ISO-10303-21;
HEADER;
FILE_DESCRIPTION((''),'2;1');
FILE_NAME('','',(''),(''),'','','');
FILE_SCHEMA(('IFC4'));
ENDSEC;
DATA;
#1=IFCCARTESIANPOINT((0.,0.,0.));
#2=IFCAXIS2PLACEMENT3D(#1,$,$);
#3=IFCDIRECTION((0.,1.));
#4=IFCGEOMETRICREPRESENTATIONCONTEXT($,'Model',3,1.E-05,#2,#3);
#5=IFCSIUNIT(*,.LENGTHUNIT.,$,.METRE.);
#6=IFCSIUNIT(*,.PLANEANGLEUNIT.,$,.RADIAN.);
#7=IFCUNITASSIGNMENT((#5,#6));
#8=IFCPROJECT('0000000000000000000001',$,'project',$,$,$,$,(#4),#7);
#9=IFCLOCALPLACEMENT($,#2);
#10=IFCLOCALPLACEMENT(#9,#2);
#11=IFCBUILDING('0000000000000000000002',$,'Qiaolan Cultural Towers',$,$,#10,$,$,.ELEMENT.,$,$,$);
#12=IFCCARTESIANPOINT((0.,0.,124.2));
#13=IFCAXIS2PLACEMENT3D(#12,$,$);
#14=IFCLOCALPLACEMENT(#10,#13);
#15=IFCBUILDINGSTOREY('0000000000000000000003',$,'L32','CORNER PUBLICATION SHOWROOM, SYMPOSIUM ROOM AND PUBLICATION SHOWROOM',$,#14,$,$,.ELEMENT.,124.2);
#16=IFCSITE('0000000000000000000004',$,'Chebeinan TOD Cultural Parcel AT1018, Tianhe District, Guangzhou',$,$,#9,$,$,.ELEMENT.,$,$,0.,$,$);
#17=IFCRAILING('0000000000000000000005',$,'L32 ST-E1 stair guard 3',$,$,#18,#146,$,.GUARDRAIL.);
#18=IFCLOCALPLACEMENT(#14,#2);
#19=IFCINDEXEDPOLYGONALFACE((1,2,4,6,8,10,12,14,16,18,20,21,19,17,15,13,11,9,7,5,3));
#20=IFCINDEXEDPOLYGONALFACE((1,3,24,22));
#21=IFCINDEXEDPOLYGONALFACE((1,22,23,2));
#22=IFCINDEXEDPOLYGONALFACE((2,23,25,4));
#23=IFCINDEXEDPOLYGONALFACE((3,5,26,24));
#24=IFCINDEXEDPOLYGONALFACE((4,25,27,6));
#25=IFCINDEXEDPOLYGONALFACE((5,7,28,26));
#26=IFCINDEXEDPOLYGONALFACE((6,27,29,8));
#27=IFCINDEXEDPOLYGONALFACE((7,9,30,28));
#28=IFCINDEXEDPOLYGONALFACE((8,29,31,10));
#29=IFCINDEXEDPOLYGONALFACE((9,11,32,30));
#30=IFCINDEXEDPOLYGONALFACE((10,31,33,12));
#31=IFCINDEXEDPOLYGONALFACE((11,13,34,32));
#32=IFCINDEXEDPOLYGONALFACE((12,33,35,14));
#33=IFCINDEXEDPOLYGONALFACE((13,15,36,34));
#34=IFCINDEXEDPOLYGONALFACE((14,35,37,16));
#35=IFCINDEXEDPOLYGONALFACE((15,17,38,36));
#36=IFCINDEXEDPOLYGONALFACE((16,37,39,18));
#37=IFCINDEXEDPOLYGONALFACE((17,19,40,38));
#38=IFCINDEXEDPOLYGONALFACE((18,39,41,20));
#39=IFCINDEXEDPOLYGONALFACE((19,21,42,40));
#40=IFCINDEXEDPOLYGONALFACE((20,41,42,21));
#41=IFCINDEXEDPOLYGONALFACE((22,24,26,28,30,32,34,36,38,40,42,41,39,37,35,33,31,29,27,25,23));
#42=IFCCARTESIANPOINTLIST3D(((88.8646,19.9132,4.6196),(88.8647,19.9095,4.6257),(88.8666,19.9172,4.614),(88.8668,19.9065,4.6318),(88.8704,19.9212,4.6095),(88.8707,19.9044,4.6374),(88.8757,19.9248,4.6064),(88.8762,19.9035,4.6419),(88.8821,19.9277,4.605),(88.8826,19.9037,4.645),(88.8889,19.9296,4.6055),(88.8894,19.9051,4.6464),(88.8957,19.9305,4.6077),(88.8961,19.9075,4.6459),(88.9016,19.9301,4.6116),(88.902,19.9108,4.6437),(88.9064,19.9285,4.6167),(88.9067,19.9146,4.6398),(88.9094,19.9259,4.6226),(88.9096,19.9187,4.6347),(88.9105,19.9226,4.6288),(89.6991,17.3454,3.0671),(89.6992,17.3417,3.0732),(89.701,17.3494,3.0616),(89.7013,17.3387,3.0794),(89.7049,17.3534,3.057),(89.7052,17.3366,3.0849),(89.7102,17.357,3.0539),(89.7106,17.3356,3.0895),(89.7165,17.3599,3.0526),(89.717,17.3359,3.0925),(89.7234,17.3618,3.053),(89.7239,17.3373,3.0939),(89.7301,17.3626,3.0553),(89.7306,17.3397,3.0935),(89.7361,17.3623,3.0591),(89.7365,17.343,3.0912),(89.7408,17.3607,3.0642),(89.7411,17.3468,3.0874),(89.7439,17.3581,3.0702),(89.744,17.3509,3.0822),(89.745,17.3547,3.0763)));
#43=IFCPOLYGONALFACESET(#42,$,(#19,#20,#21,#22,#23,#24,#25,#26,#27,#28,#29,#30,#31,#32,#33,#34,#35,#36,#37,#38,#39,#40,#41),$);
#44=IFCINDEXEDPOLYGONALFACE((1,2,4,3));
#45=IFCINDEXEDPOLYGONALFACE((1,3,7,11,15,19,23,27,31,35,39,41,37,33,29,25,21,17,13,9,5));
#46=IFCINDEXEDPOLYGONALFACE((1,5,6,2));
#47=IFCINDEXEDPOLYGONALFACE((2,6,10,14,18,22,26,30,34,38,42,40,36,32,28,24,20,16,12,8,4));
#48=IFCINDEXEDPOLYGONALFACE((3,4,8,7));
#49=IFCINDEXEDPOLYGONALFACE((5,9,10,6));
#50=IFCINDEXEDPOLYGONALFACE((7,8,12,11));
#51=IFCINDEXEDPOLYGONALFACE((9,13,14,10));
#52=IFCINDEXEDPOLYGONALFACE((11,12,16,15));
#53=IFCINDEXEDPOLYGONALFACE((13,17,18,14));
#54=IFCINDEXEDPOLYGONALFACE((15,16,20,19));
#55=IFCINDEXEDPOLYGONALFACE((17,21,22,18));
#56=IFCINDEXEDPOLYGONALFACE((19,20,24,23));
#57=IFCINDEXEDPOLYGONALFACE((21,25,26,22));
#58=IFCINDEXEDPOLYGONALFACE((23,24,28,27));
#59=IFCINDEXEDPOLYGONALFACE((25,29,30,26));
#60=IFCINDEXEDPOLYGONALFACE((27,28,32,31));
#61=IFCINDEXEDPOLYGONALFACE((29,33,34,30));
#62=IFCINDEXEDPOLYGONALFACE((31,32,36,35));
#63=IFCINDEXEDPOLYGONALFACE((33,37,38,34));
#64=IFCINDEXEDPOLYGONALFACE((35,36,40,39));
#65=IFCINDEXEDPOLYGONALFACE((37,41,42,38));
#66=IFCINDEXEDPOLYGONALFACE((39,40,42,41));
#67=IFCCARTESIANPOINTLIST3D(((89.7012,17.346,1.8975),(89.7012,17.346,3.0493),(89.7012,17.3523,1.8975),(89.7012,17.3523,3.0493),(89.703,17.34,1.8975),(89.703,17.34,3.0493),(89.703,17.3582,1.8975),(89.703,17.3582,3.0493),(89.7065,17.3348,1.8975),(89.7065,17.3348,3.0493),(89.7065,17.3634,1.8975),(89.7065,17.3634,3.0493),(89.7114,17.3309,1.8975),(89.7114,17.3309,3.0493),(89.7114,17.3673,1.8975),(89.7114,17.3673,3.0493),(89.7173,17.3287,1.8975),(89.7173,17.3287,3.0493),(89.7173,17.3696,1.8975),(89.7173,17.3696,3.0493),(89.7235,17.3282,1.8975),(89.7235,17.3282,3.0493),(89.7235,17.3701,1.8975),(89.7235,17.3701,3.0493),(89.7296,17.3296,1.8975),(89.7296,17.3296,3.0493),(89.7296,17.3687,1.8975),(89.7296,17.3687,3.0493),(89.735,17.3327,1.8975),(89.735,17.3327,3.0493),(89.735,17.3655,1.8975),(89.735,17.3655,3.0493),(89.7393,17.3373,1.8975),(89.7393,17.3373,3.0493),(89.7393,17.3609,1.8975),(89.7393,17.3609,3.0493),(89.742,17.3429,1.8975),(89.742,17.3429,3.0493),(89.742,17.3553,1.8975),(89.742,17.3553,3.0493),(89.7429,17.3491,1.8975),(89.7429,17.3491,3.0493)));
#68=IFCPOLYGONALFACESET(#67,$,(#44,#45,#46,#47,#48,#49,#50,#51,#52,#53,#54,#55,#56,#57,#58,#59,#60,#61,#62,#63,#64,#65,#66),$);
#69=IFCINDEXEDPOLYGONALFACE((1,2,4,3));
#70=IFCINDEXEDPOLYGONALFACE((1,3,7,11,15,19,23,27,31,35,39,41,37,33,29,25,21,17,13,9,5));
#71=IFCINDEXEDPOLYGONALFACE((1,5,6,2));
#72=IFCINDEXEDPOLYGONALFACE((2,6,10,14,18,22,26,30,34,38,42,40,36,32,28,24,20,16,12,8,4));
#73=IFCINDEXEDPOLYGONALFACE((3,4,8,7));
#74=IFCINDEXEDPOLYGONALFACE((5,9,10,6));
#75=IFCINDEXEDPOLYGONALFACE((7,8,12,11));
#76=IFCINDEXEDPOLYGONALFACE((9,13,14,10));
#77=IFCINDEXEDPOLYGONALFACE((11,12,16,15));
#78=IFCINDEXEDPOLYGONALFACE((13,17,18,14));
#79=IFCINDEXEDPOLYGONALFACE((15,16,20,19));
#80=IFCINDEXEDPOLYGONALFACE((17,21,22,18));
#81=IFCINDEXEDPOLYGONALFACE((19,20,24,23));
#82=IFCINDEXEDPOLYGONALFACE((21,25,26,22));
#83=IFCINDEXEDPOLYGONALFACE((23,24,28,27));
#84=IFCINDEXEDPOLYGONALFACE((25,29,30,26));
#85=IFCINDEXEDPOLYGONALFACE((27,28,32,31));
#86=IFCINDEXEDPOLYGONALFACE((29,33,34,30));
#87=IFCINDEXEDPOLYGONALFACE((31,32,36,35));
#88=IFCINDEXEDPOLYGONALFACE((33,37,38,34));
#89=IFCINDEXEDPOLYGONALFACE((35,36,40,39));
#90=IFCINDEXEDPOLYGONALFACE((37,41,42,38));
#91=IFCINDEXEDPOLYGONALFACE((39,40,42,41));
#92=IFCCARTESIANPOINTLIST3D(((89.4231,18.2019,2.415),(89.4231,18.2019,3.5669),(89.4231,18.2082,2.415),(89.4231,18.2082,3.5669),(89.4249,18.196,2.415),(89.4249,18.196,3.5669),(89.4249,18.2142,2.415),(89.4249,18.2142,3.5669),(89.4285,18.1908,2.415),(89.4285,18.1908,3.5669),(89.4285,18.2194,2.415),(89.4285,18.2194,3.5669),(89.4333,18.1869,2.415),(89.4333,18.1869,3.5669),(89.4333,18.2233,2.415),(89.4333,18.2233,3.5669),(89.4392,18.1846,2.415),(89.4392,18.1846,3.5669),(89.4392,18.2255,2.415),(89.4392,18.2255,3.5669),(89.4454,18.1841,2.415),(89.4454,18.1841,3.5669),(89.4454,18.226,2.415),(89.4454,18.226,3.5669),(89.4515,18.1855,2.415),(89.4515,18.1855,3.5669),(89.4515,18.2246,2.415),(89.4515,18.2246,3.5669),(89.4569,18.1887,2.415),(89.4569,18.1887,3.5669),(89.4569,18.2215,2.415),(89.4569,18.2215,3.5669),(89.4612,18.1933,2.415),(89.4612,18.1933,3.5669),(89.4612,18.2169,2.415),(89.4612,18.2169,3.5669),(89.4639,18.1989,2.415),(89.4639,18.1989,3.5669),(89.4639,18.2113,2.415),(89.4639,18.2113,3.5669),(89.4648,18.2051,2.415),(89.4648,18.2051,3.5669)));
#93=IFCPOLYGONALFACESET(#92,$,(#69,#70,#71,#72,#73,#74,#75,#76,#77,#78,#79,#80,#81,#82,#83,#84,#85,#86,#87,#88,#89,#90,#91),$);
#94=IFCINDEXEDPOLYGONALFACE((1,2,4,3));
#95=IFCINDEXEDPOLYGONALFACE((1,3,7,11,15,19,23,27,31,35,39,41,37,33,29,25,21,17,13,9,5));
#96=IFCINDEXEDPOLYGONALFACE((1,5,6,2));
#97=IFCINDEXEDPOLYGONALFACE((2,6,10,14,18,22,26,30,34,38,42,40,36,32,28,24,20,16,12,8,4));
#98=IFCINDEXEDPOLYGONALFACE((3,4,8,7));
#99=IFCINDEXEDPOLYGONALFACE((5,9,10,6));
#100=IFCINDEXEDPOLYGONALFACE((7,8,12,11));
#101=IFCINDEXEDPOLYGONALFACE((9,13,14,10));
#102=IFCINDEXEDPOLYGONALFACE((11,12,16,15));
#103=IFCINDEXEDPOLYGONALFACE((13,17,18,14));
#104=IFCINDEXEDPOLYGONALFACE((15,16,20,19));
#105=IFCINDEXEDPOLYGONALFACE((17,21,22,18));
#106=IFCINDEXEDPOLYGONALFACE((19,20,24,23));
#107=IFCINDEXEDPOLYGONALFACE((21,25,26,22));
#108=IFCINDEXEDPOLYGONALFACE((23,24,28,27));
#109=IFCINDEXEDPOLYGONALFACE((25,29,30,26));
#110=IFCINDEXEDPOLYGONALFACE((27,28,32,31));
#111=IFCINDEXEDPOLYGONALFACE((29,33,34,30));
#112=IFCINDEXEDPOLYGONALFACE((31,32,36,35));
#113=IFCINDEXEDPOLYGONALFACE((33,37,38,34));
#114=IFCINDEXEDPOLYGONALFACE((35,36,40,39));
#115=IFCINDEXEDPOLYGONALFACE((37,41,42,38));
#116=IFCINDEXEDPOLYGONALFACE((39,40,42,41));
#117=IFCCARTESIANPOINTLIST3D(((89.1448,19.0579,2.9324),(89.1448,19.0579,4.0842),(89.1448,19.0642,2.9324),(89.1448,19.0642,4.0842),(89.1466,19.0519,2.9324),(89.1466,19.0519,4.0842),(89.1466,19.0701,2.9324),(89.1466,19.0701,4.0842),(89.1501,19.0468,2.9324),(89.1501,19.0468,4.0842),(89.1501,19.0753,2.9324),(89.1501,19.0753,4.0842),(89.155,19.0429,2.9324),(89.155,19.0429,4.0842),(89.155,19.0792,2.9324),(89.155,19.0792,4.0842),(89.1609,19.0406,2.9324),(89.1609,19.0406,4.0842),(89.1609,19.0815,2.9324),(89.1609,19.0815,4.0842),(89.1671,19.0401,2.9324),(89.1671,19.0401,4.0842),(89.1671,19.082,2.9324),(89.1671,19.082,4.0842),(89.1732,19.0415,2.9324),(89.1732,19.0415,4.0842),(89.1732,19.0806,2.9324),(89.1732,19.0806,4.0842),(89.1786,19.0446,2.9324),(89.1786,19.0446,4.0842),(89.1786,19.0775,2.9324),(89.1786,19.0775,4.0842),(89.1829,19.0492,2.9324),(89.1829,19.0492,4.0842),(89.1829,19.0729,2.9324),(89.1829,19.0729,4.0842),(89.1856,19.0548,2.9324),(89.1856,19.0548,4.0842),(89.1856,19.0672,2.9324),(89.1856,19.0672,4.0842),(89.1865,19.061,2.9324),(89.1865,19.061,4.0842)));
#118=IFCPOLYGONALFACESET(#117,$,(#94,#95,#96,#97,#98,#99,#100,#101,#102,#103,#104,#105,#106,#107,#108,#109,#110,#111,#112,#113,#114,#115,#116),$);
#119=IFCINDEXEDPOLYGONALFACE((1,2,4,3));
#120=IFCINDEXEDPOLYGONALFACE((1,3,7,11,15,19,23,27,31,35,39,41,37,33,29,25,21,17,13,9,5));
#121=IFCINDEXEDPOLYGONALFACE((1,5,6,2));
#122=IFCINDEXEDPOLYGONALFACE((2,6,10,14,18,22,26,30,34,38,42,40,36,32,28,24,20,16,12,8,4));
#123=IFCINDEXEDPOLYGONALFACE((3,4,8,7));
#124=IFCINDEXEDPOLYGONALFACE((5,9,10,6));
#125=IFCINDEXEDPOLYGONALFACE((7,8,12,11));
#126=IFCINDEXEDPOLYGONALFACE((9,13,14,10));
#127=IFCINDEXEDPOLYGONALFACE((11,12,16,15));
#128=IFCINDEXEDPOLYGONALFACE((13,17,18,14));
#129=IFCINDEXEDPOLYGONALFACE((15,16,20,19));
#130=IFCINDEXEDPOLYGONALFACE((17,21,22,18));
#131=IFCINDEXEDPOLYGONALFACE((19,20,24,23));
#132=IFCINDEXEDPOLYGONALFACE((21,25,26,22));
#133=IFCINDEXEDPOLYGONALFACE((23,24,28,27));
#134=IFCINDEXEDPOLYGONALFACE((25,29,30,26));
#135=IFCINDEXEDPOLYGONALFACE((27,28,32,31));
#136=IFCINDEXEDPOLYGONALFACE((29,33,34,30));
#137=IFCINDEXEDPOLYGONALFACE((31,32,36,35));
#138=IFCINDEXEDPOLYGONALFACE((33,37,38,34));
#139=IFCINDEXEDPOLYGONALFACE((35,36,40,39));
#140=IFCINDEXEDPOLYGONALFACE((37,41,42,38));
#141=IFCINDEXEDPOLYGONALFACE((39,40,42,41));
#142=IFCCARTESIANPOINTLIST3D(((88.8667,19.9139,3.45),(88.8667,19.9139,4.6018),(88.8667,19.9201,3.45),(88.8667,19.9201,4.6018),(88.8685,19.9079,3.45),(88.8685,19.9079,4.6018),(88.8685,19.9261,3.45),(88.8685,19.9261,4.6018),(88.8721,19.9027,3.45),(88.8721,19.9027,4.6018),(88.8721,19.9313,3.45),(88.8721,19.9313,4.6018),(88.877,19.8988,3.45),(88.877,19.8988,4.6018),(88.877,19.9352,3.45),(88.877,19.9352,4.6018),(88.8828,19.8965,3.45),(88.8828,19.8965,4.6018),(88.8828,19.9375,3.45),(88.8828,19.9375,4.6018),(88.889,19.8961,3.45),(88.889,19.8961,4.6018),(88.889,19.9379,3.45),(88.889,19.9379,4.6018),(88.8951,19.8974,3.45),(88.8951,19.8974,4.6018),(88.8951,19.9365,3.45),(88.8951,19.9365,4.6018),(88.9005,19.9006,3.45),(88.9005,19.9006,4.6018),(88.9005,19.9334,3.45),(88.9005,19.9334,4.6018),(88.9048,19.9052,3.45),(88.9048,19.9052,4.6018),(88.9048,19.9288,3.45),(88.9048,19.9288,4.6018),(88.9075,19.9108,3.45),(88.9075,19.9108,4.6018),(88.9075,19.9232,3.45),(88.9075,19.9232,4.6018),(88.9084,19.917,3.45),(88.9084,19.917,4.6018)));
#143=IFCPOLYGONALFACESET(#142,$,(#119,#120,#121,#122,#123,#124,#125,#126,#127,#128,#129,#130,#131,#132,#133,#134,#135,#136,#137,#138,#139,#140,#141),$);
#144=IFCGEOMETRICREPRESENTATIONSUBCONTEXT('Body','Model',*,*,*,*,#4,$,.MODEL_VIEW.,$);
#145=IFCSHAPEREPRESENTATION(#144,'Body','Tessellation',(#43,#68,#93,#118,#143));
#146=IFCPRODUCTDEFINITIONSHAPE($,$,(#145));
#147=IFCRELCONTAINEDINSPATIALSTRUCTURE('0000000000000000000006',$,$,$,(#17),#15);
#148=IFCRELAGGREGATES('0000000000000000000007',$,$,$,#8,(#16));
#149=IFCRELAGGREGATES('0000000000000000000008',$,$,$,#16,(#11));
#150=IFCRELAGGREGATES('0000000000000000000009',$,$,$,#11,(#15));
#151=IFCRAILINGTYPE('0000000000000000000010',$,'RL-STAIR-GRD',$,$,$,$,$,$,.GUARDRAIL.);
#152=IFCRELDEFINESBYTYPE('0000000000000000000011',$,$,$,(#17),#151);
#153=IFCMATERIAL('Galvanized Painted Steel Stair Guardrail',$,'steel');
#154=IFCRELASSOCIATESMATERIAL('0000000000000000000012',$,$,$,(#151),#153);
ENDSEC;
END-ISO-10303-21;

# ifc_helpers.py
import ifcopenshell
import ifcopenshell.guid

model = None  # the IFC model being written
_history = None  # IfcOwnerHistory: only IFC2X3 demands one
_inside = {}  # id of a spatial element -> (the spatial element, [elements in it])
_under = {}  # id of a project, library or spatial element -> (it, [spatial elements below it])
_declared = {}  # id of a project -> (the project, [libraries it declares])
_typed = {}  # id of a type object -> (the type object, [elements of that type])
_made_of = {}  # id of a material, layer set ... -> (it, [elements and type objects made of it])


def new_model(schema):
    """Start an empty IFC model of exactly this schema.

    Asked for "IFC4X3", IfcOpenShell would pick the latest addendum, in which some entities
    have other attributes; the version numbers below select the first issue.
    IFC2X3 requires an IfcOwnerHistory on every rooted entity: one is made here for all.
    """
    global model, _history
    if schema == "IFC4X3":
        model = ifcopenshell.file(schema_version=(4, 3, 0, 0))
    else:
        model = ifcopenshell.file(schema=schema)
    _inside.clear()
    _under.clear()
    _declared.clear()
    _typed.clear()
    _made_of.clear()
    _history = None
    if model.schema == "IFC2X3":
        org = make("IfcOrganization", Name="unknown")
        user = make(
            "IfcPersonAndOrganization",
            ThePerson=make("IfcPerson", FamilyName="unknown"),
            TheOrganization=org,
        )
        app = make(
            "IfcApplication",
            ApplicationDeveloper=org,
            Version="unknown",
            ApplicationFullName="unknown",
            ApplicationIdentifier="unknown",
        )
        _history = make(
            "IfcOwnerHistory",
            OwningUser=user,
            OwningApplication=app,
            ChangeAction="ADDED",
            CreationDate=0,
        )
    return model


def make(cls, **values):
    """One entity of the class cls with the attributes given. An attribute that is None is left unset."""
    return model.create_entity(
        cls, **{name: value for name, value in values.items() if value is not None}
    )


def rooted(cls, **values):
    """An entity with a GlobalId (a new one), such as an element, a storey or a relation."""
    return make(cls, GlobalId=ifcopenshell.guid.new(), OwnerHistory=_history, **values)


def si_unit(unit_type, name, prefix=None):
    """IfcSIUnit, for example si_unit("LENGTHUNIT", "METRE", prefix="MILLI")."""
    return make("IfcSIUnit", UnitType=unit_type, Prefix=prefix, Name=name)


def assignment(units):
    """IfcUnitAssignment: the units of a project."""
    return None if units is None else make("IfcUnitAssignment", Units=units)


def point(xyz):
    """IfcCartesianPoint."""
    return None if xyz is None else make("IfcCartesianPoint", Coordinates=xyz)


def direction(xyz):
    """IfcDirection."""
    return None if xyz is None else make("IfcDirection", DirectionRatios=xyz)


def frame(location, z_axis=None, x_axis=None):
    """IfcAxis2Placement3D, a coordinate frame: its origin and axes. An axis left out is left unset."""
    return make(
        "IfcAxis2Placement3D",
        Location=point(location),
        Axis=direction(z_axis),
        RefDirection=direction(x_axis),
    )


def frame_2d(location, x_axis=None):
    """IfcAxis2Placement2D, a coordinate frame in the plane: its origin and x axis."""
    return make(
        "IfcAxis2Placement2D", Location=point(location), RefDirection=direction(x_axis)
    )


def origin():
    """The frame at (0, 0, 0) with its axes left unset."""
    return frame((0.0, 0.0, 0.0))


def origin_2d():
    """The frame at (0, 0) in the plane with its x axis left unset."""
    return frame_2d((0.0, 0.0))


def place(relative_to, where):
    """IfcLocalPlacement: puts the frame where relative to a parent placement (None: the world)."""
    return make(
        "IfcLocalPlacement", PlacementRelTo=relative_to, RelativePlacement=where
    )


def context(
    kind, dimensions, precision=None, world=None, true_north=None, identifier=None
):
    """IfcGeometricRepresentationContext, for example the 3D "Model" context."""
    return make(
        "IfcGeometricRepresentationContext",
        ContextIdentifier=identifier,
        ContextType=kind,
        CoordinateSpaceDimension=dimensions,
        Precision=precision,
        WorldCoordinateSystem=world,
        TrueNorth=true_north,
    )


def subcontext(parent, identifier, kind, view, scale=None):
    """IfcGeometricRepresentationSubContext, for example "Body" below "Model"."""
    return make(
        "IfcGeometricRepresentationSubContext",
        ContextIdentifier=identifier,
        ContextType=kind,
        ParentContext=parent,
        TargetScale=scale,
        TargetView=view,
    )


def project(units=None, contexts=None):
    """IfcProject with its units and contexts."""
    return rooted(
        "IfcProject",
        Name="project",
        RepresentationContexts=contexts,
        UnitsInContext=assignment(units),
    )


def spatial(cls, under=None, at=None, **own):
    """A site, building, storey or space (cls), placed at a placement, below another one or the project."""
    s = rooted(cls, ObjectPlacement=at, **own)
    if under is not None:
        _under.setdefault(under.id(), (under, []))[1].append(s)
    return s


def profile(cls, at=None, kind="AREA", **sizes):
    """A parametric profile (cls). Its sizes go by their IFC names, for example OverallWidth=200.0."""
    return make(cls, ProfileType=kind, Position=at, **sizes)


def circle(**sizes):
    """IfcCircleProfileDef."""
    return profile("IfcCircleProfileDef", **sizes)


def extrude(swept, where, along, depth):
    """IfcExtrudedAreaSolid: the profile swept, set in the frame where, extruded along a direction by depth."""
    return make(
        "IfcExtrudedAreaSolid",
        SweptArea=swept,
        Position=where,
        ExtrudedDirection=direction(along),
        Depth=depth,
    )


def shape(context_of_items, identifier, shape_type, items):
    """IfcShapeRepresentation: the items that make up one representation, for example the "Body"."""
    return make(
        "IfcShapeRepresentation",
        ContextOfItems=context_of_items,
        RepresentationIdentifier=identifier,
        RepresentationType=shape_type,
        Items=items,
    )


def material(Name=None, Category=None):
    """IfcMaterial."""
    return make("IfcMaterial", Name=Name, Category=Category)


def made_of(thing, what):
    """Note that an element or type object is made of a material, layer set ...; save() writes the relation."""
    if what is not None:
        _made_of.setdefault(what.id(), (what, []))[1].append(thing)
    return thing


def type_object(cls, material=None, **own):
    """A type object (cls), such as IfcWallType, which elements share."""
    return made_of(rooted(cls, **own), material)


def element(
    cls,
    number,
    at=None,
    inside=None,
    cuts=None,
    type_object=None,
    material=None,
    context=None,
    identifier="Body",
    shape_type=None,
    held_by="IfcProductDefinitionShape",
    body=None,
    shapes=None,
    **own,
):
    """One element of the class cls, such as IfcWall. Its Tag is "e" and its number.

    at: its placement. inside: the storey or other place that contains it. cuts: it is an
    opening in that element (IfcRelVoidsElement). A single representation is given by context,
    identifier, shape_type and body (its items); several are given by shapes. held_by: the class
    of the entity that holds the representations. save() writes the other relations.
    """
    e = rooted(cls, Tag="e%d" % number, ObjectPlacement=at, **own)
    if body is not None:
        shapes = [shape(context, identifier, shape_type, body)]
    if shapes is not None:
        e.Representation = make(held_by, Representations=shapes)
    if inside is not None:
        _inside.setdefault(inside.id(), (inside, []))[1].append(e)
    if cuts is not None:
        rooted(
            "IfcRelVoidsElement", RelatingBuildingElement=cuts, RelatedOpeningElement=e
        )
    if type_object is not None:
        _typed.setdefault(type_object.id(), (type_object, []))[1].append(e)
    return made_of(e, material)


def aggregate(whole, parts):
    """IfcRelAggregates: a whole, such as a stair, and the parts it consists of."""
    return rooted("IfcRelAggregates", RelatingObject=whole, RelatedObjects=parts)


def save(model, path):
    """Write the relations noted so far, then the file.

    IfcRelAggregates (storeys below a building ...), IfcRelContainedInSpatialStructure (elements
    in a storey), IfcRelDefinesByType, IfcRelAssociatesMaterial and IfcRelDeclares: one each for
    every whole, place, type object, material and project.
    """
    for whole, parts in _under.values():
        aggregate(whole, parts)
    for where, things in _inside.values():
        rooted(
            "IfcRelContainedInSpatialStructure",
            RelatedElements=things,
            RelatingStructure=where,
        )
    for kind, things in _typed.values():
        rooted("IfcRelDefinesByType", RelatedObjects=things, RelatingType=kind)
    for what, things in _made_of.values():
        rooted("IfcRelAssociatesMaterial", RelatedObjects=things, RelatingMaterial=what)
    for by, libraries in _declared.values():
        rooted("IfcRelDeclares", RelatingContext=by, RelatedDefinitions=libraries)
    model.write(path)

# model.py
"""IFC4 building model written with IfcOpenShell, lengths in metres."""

from ifc_helpers import new_model, si_unit, direction, frame, origin, origin_2d, place, context, subcontext, project, spatial, circle, extrude, material, type_object, element, save


model = new_model("IFC4")

# Units and contexts
model_context = context("Model", 3, precision=1e-05, world=origin(), true_north=direction((0.0, 1.0)))
body_context = subcontext(model_context, "Body", "Model", "MODEL_VIEW")
ifc_project = project(units=[si_unit("LENGTHUNIT", "METRE"), si_unit("PLANEANGLEUNIT", "RADIAN")], contexts=[model_context])

# Site, building, storey
site_placement = place(None, origin())
site = spatial("IfcSite", under=ifc_project, at=site_placement, Name="Chebeinan TOD Cultural Parcel AT1018, Tianhe District, Guangzhou", CompositionType="ELEMENT", RefElevation=0.0)
building_placement = place(site_placement, origin())
building = spatial("IfcBuilding", under=site, at=building_placement, Name="Qiaolan Cultural Towers", CompositionType="ELEMENT")
storey_placement = place(building_placement, frame((0.0, 0.0, 124.2)))
storey = spatial("IfcBuildingStorey", under=building, at=storey_placement, Name="L32", Description="CORNER PUBLICATION SHOWROOM, SYMPOSIUM ROOM AND PUBLICATION SHOWROOM", CompositionType="ELEMENT", Elevation=124.2)

# Railing
ifc_material_1 = material(Name="Galvanized Painted Steel Stair Guardrail", Category="steel")
railing_type_1 = type_object("IfcRailingType", Name="RL-STAIR-GRD", PredefinedType="GUARDRAIL", material=ifc_material_1)
railing_1_placement = place(storey_placement, frame((89.7219, 17.3491, 1.8975)))
element("IfcRailing", 1, at=railing_1_placement, inside=storey, type_object=railing_type_1, Name="L32 ST-E1 stair guard 3", PredefinedType="GUARDRAIL", context=body_context, shape_type="SweptSolid", body=[
    extrude(circle(Radius=0.0239, at=origin_2d()), frame((0.0, 0.0, 1.1758), z_axis=(-0.267926, 0.824471, 0.498461), x_axis=(-0.951043, -0.309057, 0.0)), (0.0, 0.0, 1.0), 3.1145),
    extrude(circle(Radius=0.021, at=origin_2d()), origin(), (0.0, 0.0, 1.0), 1.1519),
    extrude(circle(Radius=0.021, at=origin_2d()), frame((-0.2781, 0.856, 0.5176)), (0.0, 0.0, 1.0), 1.1519),
    extrude(circle(Radius=0.021, at=origin_2d()), frame((-0.5564, 1.7119, 1.0349)), (0.0, 0.0, 1.0), 1.1519),
    extrude(circle(Radius=0.021, at=origin_2d()), frame((-0.8345, 2.5679, 1.5525)), (0.0, 0.0, 1.0), 1.1519),
])

save(model, "model.ifc")
